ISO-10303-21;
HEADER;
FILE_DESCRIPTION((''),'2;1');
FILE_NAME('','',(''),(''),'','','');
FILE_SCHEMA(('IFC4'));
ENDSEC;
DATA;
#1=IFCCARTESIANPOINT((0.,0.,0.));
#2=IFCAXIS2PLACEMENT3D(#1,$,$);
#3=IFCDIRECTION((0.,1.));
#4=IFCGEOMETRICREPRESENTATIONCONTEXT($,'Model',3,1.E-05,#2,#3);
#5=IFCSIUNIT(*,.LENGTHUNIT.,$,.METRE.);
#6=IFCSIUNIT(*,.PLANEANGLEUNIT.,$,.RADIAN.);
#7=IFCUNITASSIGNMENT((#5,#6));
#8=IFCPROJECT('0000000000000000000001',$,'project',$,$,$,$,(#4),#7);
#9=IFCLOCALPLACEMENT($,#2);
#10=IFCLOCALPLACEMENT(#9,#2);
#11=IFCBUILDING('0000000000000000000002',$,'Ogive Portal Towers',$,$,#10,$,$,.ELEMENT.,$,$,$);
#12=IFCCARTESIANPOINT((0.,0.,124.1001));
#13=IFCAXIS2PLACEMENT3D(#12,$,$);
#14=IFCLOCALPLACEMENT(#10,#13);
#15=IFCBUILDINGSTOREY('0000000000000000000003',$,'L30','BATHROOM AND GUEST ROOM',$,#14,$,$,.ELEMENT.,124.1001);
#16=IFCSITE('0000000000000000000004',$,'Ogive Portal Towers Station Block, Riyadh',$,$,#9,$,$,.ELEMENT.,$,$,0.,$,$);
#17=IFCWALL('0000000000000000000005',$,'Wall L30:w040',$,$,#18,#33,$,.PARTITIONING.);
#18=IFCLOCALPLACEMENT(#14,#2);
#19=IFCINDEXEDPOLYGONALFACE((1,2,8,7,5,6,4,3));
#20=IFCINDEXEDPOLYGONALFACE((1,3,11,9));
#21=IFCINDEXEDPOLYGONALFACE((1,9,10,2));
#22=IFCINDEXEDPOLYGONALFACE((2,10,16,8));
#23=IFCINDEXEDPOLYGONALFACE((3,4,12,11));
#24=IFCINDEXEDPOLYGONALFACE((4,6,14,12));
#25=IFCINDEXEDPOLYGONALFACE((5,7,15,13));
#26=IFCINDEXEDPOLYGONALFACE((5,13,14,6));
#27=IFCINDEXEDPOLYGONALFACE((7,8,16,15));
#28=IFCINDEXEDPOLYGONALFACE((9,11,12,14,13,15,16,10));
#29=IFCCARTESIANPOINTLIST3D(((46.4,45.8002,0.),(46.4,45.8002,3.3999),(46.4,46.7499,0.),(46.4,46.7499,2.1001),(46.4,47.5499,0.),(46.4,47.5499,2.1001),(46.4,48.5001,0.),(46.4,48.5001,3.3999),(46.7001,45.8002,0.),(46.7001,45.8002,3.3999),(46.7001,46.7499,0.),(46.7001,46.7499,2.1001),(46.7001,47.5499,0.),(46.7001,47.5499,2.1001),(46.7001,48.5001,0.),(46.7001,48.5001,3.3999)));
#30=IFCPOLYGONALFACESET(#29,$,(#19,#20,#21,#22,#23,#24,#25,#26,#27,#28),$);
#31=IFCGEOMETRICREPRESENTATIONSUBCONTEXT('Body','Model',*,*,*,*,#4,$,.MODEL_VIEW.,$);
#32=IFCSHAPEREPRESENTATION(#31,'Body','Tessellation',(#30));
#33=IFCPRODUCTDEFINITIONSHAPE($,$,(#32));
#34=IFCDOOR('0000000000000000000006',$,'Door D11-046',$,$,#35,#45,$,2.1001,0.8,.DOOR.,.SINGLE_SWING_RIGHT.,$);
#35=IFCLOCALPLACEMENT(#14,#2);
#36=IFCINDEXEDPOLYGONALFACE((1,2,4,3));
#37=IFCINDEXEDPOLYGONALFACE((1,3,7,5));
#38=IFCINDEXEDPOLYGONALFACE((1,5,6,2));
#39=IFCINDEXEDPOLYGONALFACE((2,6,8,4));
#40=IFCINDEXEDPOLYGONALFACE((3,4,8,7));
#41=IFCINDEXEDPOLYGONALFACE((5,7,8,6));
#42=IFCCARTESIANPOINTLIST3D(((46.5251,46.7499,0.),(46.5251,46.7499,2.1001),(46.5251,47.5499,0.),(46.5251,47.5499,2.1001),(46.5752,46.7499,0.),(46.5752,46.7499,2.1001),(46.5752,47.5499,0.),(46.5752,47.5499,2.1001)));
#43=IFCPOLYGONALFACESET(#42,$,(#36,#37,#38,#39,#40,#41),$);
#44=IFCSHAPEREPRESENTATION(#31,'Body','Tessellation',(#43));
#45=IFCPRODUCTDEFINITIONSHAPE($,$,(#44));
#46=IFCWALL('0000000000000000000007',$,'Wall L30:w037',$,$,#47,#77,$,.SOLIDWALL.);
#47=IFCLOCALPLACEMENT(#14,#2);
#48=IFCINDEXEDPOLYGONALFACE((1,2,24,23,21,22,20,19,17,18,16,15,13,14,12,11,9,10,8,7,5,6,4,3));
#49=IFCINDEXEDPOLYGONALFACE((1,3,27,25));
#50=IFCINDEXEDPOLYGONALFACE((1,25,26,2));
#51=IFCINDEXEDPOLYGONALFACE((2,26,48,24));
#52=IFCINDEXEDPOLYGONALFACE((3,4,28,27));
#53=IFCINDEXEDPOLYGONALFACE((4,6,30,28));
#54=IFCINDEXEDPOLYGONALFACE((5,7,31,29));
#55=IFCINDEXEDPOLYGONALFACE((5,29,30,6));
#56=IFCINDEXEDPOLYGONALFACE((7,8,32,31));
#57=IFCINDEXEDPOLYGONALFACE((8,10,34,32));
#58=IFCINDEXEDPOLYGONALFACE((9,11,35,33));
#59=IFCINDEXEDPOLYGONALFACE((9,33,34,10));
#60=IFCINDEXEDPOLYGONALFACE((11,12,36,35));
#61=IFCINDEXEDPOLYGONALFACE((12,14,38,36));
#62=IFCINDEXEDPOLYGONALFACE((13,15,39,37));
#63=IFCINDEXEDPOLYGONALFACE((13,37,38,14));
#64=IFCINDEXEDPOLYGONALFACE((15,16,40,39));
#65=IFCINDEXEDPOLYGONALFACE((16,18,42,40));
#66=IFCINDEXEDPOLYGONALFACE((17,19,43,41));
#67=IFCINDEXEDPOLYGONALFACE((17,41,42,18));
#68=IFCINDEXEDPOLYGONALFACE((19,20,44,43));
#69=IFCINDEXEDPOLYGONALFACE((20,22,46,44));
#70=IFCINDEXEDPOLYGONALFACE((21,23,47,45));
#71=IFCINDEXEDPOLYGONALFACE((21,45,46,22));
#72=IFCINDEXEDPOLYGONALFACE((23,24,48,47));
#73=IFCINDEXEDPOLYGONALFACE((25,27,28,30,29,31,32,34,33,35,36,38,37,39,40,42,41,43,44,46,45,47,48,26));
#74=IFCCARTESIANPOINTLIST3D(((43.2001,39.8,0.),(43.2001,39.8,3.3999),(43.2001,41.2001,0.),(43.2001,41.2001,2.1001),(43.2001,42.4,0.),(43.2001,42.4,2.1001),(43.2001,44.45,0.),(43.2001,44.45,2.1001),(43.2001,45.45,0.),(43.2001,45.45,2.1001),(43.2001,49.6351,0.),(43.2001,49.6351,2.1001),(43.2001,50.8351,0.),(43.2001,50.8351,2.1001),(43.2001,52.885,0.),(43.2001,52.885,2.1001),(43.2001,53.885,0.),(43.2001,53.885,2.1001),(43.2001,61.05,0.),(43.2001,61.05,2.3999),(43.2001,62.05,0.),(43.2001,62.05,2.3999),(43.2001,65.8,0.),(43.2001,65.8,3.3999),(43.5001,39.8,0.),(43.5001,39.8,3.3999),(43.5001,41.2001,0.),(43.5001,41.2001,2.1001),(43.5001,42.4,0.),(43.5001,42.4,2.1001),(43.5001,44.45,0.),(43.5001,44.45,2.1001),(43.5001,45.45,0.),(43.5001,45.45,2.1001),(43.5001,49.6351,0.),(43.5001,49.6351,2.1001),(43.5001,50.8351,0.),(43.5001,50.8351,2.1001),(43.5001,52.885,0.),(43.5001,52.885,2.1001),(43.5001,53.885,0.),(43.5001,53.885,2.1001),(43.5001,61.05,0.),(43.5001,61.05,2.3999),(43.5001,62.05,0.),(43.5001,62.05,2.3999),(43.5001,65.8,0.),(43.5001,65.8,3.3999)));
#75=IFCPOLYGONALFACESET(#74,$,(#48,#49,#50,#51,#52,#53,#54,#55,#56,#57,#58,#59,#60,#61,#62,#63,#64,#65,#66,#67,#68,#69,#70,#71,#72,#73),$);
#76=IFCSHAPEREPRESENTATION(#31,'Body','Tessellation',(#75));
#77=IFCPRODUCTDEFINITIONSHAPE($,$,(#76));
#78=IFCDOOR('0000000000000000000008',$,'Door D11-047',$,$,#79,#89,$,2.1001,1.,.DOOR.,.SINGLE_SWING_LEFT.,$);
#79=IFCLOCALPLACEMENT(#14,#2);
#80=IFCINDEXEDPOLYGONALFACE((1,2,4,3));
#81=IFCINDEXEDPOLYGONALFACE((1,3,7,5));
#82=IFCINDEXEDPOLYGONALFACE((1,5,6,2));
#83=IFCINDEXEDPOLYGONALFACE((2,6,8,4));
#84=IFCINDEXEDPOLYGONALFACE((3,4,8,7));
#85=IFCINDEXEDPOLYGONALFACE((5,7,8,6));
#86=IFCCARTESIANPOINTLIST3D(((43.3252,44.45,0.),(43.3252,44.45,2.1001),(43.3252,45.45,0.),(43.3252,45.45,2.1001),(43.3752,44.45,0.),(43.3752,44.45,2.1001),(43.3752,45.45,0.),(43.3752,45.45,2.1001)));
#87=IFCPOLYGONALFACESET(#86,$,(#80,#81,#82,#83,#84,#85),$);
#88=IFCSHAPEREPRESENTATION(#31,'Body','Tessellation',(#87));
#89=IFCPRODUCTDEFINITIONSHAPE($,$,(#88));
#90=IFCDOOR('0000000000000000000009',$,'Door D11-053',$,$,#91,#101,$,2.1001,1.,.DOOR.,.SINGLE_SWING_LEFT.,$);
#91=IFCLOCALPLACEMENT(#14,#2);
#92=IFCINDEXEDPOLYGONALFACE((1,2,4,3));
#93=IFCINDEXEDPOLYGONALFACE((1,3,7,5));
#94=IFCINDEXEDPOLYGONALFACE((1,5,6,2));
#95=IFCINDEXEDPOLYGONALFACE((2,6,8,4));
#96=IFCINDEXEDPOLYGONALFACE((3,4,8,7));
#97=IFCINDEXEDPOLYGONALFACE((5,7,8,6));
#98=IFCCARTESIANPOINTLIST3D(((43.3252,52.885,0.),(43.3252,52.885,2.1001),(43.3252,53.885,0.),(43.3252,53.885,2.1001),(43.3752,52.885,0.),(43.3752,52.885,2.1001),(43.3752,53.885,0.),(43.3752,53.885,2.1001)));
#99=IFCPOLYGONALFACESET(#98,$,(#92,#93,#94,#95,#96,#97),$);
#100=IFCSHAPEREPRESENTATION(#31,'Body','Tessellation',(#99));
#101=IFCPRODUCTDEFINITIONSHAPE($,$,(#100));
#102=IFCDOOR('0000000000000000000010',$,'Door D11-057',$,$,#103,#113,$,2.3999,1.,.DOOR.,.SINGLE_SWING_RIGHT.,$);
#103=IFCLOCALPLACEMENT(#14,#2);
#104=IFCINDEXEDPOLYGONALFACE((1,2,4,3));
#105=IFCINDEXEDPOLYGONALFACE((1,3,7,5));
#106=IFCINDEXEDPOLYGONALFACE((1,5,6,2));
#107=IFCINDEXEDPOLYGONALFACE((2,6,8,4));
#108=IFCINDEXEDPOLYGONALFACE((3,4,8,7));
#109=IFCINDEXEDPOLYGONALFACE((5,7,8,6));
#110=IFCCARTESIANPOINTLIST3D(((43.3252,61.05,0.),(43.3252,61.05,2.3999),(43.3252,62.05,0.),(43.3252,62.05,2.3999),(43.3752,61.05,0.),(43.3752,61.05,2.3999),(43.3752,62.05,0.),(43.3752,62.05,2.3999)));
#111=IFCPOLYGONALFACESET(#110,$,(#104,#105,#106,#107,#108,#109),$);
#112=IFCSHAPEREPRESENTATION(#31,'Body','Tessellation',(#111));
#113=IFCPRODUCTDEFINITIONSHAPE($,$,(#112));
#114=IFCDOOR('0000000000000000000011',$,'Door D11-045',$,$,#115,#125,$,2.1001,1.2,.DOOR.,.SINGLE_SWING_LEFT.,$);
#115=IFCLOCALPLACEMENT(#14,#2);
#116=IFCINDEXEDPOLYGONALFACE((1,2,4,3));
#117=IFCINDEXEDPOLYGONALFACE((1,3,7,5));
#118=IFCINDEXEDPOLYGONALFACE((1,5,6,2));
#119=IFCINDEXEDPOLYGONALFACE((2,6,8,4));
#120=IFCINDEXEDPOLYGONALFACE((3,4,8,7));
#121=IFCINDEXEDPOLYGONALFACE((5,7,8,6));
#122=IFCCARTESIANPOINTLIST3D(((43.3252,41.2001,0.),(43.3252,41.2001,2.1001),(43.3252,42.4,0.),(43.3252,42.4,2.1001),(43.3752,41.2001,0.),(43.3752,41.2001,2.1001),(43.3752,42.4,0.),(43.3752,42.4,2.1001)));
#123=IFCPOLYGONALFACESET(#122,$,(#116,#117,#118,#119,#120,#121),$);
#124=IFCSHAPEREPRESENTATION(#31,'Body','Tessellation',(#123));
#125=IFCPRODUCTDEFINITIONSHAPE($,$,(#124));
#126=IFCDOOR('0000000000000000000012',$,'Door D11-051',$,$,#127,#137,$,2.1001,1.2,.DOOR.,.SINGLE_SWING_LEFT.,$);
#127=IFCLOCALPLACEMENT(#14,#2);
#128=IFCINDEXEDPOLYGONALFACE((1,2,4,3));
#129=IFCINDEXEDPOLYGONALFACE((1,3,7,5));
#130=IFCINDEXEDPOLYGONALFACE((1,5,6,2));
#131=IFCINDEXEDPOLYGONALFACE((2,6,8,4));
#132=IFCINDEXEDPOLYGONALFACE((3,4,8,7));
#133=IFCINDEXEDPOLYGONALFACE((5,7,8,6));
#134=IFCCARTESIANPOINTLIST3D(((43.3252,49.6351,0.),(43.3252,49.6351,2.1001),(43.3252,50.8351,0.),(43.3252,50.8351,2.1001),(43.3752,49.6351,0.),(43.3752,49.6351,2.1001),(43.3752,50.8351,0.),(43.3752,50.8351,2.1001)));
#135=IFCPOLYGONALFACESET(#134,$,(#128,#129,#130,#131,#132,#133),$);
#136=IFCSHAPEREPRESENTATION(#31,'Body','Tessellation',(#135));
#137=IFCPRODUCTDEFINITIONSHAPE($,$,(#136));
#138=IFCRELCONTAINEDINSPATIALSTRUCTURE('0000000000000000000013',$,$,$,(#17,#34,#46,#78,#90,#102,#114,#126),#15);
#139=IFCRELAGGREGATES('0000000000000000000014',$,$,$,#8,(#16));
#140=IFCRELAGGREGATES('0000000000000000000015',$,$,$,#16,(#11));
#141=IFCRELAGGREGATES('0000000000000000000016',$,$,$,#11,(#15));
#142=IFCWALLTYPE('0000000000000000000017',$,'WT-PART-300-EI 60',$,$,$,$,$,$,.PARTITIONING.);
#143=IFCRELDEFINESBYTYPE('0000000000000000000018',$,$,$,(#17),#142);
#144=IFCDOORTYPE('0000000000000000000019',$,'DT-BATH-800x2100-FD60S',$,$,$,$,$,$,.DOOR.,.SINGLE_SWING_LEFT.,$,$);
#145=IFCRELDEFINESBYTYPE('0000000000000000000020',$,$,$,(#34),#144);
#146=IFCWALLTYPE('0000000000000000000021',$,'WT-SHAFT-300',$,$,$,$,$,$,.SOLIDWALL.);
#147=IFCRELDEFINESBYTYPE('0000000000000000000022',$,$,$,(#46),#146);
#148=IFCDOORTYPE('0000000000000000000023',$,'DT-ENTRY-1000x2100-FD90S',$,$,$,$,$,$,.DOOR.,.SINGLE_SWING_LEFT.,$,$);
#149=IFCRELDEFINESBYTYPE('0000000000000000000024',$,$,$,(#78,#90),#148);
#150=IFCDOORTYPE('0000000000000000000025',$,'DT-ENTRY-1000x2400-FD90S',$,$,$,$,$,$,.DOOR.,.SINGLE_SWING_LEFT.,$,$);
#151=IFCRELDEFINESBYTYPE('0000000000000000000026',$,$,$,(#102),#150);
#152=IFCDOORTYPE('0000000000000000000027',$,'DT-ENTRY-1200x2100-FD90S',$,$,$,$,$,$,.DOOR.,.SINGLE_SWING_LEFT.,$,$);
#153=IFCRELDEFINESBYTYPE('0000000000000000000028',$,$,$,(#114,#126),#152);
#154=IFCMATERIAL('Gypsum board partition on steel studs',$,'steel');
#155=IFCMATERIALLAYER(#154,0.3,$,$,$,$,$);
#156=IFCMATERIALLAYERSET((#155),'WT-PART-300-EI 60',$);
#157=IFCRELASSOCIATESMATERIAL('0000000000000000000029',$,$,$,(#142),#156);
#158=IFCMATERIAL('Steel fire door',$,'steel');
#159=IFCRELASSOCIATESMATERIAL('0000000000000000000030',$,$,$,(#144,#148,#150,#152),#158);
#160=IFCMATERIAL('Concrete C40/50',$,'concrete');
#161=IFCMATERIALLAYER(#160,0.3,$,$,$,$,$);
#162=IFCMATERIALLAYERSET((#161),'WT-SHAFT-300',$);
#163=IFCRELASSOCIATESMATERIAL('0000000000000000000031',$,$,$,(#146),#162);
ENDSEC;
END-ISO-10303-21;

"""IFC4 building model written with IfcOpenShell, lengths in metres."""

from ifc_helpers import new_model, si_unit, direction, frame, frame_2d, origin, place, context, subcontext, project, spatial, rectangle, extrude, material, layer, layer_set, type_object, element, fill, save


model = new_model("IFC4")

# Units and contexts
model_context = context("Model", 3, precision=1e-05, world=origin(), true_north=direction((0.0, 1.0)))
body_context = subcontext(model_context, "Body", "Model", "MODEL_VIEW")
ifc_project = project(units=[si_unit("LENGTHUNIT", "METRE"), si_unit("PLANEANGLEUNIT", "RADIAN")], contexts=[model_context])

# Site, building, storey
site_placement = place(None, origin())
site = spatial("IfcSite", under=ifc_project, at=site_placement, Name="Ogive Portal Towers Station Block, Riyadh", CompositionType="ELEMENT", RefElevation=0.0)
building_placement = place(site_placement, origin())
building = spatial("IfcBuilding", under=site, at=building_placement, Name="Ogive Portal Towers", CompositionType="ELEMENT")
storey_placement = place(building_placement, frame((0.0, 0.0, 124.1001)))
storey = spatial("IfcBuildingStorey", under=building, at=storey_placement, Name="L30", Description="BATHROOM AND GUEST ROOM", CompositionType="ELEMENT", Elevation=124.1001)

# Shared definitions
ifc_material_1 = material(Name="Gypsum board partition on steel studs", Category="steel")
ifc_layer_1 = layer(ifc_material_1, 0.3)
ifc_layer_set_1 = layer_set([ifc_layer_1], Name="WT-PART-300-EI 60")
wall_type_1 = type_object("IfcWallType", Name="WT-PART-300-EI 60", PredefinedType="PARTITIONING", material=ifc_layer_set_1)

# Shared definitions
ifc_material_2 = material(Name="Steel fire door", Category="steel")
door_type_1 = type_object("IfcDoorType", Name="DT-BATH-800x2100-FD60S", OperationType="SINGLE_SWING_LEFT", PredefinedType="DOOR", material=ifc_material_2)

# Wall, opening, door
wall_1_placement = place(storey_placement, frame((46.55, 45.8, 0.0), z_axis=(0.0, 0.0, 1.0), x_axis=(0.0, 1.0, 0.0)))
wall_1 = element("IfcWall", 1, at=wall_1_placement, inside=storey, type_object=wall_type_1, Name="Wall L30:w040", PredefinedType="PARTITIONING", context=body_context, shape_type="SweptSolid", body=[
    extrude(rectangle(XDim=2.7, YDim=0.3, at=frame_2d((1.3501, 0.0))), origin(), (0.0, 0.0, 1.0), 3.3999),
])
opening_1_placement = place(wall_1_placement, frame((0.95, 0.0, 0.0)))
opening_1 = element("IfcOpeningElement", 2, at=opening_1_placement, cuts=wall_1, PredefinedType="OPENING", context=body_context, shape_type="SweptSolid", body=[
    extrude(rectangle(XDim=0.8, YDim=2.1001, at=frame_2d((0.3999, 1.05))), frame((0.0, 0.1602, 0.0), z_axis=(0.0, -1.0, 0.0), x_axis=(1.0, 0.0, 0.0)), (0.0, 0.0, 1.0), 0.3201),
])
door_1_placement = place(opening_1_placement, origin())
door_1 = element("IfcDoor", 3, at=door_1_placement, inside=storey, type_object=door_type_1, Name="Door D11-046", OperationType="SINGLE_SWING_RIGHT", OverallHeight=2.1001, OverallWidth=0.8, PredefinedType="DOOR", context=body_context, shape_type="SweptSolid", body=[
    extrude(rectangle(XDim=0.8, YDim=2.1001, at=frame_2d((0.3999, 1.05))), frame((0.0, 0.0249, 0.0), z_axis=(0.0, -1.0, 0.0), x_axis=(1.0, 0.0, 0.0)), (0.0, 0.0, 1.0), 0.05),
])
fill(opening_1, door_1)

# Wall, openings, doors
ifc_material_3 = material(Name="Concrete C40/50", Category="concrete")
ifc_layer_2 = layer(ifc_material_3, 0.3)
ifc_layer_set_2 = layer_set([ifc_layer_2], Name="WT-SHAFT-300")
wall_type_2 = type_object("IfcWallType", Name="WT-SHAFT-300", PredefinedType="SOLIDWALL", material=ifc_layer_set_2)
wall_2_placement = place(storey_placement, frame((43.3501, 39.8, 0.0), z_axis=(0.0, 0.0, 1.0), x_axis=(0.0, 1.0, 0.0)))
wall_2 = element("IfcWall", 4, at=wall_2_placement, inside=storey, type_object=wall_type_2, Name="Wall L30:w037", PredefinedType="SOLIDWALL", context=body_context, shape_type="SweptSolid", body=[
    extrude(rectangle(XDim=26.0, YDim=0.3, at=frame_2d((13.0, 0.0))), origin(), (0.0, 0.0, 1.0), 3.3999),
])
opening_2_placement = place(wall_2_placement, frame((1.3999, 0.0, 0.0)))
opening_2 = element("IfcOpeningElement", 5, at=opening_2_placement, cuts=wall_2, PredefinedType="OPENING", context=body_context, shape_type="SweptSolid", body=[
    extrude(rectangle(XDim=1.2, YDim=2.1001, at=frame_2d((0.6001, 1.05))), frame((0.0, 0.1602, 0.0), z_axis=(0.0, -1.0, 0.0), x_axis=(1.0, 0.0, 0.0)), (0.0, 0.0, 1.0), 0.3201),
])
opening_3_placement = place(wall_2_placement, frame((4.6499, 0.0, 0.0)))
opening_3 = element("IfcOpeningElement", 6, at=opening_3_placement, cuts=wall_2, PredefinedType="OPENING", context=body_context, shape_type="SweptSolid", body=[
    extrude(rectangle(XDim=1.0, YDim=2.1001, at=frame_2d((0.5, 1.05))), frame((0.0, 0.1602, 0.0), z_axis=(0.0, -1.0, 0.0), x_axis=(1.0, 0.0, 0.0)), (0.0, 0.0, 1.0), 0.3201),
])
opening_4_placement = place(wall_2_placement, frame((9.835, 0.0, 0.0)))
opening_4 = element("IfcOpeningElement", 7, at=opening_4_placement, cuts=wall_2, PredefinedType="OPENING", context=body_context, shape_type="SweptSolid", body=[
    extrude(rectangle(XDim=1.2, YDim=2.1001, at=frame_2d((0.6001, 1.05))), frame((0.0, 0.1602, 0.0), z_axis=(0.0, -1.0, 0.0), x_axis=(1.0, 0.0, 0.0)), (0.0, 0.0, 1.0), 0.3201),
])
opening_5_placement = place(wall_2_placement, frame((13.085, 0.0, 0.0)))
opening_5 = element("IfcOpeningElement", 8, at=opening_5_placement, cuts=wall_2, PredefinedType="OPENING", context=body_context, shape_type="SweptSolid", body=[
    extrude(rectangle(XDim=1.0, YDim=2.1001, at=frame_2d((0.5, 1.05))), frame((0.0, 0.1602, 0.0), z_axis=(0.0, -1.0, 0.0), x_axis=(1.0, 0.0, 0.0)), (0.0, 0.0, 1.0), 0.3201),
])
opening_6_placement = place(wall_2_placement, frame((21.25, 0.0, 0.0)))
opening_6 = element("IfcOpeningElement", 9, at=opening_6_placement, cuts=wall_2, PredefinedType="OPENING", context=body_context, shape_type="SweptSolid", body=[
    extrude(rectangle(XDim=1.0, YDim=2.3999, at=frame_2d((0.5, 1.2))), frame((0.0, 0.1602, 0.0), z_axis=(0.0, -1.0, 0.0), x_axis=(1.0, 0.0, 0.0)), (0.0, 0.0, 1.0), 0.3201),
])
door_type_2 = type_object("IfcDoorType", Name="DT-ENTRY-1000x2100-FD90S", OperationType="SINGLE_SWING_LEFT", PredefinedType="DOOR", material=ifc_material_2)
door_2_placement = place(opening_3_placement, origin())
door_2 = element("IfcDoor", 10, at=door_2_placement, inside=storey, type_object=door_type_2, Name="Door D11-047", OperationType="SINGLE_SWING_LEFT", OverallHeight=2.1001, OverallWidth=1.0, PredefinedType="DOOR", context=body_context, shape_type="SweptSolid", body=[
    extrude(rectangle(XDim=1.0, YDim=2.1001, at=frame_2d((0.5, 1.05))), frame((0.0, 0.0249, 0.0), z_axis=(0.0, -1.0, 0.0), x_axis=(1.0, 0.0, 0.0)), (0.0, 0.0, 1.0), 0.05),
])
fill(opening_3, door_2)
door_3_placement = place(opening_5_placement, origin())
door_3 = element("IfcDoor", 11, at=door_3_placement, inside=storey, type_object=door_type_2, Name="Door D11-053", OperationType="SINGLE_SWING_LEFT", OverallHeight=2.1001, OverallWidth=1.0, PredefinedType="DOOR", context=body_context, shape_type="SweptSolid", body=[
    extrude(rectangle(XDim=1.0, YDim=2.1001, at=frame_2d((0.5, 1.05))), frame((0.0, 0.0249, 0.0), z_axis=(0.0, -1.0, 0.0), x_axis=(1.0, 0.0, 0.0)), (0.0, 0.0, 1.0), 0.05),
])
fill(opening_5, door_3)
door_type_3 = type_object("IfcDoorType", Name="DT-ENTRY-1000x2400-FD90S", OperationType="SINGLE_SWING_LEFT", PredefinedType="DOOR", material=ifc_material_2)
door_4_placement = place(opening_6_placement, origin())
door_4 = element("IfcDoor", 12, at=door_4_placement, inside=storey, type_object=door_type_3, Name="Door D11-057", OperationType="SINGLE_SWING_RIGHT", OverallHeight=2.3999, OverallWidth=1.0, PredefinedType="DOOR", context=body_context, shape_type="SweptSolid", body=[
    extrude(rectangle(XDim=1.0, YDim=2.3999, at=frame_2d((0.5, 1.2))), frame((0.0, 0.0249, 0.0), z_axis=(0.0, -1.0, 0.0), x_axis=(1.0, 0.0, 0.0)), (0.0, 0.0, 1.0), 0.05),
])
fill(opening_6, door_4)
door_type_4 = type_object("IfcDoorType", Name="DT-ENTRY-1200x2100-FD90S", OperationType="SINGLE_SWING_LEFT", PredefinedType="DOOR", material=ifc_material_2)
door_5_placement = place(opening_2_placement, origin())
door_5 = element("IfcDoor", 13, at=door_5_placement, inside=storey, type_object=door_type_4, Name="Door D11-045", OperationType="SINGLE_SWING_LEFT", OverallHeight=2.1001, OverallWidth=1.2, PredefinedType="DOOR", context=body_context, shape_type="SweptSolid", body=[
    extrude(rectangle(XDim=1.2, YDim=2.1001, at=frame_2d((0.6001, 1.05))), frame((0.0, 0.0249, 0.0), z_axis=(0.0, -1.0, 0.0), x_axis=(1.0, 0.0, 0.0)), (0.0, 0.0, 1.0), 0.05),
])
fill(opening_2, door_5)
door_6_placement = place(opening_4_placement, origin())
door_6 = element("IfcDoor", 14, at=door_6_placement, inside=storey, type_object=door_type_4, Name="Door D11-051", OperationType="SINGLE_SWING_LEFT", OverallHeight=2.1001, OverallWidth=1.2, PredefinedType="DOOR", context=body_context, shape_type="SweptSolid", body=[
    extrude(rectangle(XDim=1.2, YDim=2.1001, at=frame_2d((0.6001, 1.05))), frame((0.0, 0.0249, 0.0), z_axis=(0.0, -1.0, 0.0), x_axis=(1.0, 0.0, 0.0)), (0.0, 0.0, 1.0), 0.05),
])
fill(opening_4, door_6)

save(model, "model.ifc")
